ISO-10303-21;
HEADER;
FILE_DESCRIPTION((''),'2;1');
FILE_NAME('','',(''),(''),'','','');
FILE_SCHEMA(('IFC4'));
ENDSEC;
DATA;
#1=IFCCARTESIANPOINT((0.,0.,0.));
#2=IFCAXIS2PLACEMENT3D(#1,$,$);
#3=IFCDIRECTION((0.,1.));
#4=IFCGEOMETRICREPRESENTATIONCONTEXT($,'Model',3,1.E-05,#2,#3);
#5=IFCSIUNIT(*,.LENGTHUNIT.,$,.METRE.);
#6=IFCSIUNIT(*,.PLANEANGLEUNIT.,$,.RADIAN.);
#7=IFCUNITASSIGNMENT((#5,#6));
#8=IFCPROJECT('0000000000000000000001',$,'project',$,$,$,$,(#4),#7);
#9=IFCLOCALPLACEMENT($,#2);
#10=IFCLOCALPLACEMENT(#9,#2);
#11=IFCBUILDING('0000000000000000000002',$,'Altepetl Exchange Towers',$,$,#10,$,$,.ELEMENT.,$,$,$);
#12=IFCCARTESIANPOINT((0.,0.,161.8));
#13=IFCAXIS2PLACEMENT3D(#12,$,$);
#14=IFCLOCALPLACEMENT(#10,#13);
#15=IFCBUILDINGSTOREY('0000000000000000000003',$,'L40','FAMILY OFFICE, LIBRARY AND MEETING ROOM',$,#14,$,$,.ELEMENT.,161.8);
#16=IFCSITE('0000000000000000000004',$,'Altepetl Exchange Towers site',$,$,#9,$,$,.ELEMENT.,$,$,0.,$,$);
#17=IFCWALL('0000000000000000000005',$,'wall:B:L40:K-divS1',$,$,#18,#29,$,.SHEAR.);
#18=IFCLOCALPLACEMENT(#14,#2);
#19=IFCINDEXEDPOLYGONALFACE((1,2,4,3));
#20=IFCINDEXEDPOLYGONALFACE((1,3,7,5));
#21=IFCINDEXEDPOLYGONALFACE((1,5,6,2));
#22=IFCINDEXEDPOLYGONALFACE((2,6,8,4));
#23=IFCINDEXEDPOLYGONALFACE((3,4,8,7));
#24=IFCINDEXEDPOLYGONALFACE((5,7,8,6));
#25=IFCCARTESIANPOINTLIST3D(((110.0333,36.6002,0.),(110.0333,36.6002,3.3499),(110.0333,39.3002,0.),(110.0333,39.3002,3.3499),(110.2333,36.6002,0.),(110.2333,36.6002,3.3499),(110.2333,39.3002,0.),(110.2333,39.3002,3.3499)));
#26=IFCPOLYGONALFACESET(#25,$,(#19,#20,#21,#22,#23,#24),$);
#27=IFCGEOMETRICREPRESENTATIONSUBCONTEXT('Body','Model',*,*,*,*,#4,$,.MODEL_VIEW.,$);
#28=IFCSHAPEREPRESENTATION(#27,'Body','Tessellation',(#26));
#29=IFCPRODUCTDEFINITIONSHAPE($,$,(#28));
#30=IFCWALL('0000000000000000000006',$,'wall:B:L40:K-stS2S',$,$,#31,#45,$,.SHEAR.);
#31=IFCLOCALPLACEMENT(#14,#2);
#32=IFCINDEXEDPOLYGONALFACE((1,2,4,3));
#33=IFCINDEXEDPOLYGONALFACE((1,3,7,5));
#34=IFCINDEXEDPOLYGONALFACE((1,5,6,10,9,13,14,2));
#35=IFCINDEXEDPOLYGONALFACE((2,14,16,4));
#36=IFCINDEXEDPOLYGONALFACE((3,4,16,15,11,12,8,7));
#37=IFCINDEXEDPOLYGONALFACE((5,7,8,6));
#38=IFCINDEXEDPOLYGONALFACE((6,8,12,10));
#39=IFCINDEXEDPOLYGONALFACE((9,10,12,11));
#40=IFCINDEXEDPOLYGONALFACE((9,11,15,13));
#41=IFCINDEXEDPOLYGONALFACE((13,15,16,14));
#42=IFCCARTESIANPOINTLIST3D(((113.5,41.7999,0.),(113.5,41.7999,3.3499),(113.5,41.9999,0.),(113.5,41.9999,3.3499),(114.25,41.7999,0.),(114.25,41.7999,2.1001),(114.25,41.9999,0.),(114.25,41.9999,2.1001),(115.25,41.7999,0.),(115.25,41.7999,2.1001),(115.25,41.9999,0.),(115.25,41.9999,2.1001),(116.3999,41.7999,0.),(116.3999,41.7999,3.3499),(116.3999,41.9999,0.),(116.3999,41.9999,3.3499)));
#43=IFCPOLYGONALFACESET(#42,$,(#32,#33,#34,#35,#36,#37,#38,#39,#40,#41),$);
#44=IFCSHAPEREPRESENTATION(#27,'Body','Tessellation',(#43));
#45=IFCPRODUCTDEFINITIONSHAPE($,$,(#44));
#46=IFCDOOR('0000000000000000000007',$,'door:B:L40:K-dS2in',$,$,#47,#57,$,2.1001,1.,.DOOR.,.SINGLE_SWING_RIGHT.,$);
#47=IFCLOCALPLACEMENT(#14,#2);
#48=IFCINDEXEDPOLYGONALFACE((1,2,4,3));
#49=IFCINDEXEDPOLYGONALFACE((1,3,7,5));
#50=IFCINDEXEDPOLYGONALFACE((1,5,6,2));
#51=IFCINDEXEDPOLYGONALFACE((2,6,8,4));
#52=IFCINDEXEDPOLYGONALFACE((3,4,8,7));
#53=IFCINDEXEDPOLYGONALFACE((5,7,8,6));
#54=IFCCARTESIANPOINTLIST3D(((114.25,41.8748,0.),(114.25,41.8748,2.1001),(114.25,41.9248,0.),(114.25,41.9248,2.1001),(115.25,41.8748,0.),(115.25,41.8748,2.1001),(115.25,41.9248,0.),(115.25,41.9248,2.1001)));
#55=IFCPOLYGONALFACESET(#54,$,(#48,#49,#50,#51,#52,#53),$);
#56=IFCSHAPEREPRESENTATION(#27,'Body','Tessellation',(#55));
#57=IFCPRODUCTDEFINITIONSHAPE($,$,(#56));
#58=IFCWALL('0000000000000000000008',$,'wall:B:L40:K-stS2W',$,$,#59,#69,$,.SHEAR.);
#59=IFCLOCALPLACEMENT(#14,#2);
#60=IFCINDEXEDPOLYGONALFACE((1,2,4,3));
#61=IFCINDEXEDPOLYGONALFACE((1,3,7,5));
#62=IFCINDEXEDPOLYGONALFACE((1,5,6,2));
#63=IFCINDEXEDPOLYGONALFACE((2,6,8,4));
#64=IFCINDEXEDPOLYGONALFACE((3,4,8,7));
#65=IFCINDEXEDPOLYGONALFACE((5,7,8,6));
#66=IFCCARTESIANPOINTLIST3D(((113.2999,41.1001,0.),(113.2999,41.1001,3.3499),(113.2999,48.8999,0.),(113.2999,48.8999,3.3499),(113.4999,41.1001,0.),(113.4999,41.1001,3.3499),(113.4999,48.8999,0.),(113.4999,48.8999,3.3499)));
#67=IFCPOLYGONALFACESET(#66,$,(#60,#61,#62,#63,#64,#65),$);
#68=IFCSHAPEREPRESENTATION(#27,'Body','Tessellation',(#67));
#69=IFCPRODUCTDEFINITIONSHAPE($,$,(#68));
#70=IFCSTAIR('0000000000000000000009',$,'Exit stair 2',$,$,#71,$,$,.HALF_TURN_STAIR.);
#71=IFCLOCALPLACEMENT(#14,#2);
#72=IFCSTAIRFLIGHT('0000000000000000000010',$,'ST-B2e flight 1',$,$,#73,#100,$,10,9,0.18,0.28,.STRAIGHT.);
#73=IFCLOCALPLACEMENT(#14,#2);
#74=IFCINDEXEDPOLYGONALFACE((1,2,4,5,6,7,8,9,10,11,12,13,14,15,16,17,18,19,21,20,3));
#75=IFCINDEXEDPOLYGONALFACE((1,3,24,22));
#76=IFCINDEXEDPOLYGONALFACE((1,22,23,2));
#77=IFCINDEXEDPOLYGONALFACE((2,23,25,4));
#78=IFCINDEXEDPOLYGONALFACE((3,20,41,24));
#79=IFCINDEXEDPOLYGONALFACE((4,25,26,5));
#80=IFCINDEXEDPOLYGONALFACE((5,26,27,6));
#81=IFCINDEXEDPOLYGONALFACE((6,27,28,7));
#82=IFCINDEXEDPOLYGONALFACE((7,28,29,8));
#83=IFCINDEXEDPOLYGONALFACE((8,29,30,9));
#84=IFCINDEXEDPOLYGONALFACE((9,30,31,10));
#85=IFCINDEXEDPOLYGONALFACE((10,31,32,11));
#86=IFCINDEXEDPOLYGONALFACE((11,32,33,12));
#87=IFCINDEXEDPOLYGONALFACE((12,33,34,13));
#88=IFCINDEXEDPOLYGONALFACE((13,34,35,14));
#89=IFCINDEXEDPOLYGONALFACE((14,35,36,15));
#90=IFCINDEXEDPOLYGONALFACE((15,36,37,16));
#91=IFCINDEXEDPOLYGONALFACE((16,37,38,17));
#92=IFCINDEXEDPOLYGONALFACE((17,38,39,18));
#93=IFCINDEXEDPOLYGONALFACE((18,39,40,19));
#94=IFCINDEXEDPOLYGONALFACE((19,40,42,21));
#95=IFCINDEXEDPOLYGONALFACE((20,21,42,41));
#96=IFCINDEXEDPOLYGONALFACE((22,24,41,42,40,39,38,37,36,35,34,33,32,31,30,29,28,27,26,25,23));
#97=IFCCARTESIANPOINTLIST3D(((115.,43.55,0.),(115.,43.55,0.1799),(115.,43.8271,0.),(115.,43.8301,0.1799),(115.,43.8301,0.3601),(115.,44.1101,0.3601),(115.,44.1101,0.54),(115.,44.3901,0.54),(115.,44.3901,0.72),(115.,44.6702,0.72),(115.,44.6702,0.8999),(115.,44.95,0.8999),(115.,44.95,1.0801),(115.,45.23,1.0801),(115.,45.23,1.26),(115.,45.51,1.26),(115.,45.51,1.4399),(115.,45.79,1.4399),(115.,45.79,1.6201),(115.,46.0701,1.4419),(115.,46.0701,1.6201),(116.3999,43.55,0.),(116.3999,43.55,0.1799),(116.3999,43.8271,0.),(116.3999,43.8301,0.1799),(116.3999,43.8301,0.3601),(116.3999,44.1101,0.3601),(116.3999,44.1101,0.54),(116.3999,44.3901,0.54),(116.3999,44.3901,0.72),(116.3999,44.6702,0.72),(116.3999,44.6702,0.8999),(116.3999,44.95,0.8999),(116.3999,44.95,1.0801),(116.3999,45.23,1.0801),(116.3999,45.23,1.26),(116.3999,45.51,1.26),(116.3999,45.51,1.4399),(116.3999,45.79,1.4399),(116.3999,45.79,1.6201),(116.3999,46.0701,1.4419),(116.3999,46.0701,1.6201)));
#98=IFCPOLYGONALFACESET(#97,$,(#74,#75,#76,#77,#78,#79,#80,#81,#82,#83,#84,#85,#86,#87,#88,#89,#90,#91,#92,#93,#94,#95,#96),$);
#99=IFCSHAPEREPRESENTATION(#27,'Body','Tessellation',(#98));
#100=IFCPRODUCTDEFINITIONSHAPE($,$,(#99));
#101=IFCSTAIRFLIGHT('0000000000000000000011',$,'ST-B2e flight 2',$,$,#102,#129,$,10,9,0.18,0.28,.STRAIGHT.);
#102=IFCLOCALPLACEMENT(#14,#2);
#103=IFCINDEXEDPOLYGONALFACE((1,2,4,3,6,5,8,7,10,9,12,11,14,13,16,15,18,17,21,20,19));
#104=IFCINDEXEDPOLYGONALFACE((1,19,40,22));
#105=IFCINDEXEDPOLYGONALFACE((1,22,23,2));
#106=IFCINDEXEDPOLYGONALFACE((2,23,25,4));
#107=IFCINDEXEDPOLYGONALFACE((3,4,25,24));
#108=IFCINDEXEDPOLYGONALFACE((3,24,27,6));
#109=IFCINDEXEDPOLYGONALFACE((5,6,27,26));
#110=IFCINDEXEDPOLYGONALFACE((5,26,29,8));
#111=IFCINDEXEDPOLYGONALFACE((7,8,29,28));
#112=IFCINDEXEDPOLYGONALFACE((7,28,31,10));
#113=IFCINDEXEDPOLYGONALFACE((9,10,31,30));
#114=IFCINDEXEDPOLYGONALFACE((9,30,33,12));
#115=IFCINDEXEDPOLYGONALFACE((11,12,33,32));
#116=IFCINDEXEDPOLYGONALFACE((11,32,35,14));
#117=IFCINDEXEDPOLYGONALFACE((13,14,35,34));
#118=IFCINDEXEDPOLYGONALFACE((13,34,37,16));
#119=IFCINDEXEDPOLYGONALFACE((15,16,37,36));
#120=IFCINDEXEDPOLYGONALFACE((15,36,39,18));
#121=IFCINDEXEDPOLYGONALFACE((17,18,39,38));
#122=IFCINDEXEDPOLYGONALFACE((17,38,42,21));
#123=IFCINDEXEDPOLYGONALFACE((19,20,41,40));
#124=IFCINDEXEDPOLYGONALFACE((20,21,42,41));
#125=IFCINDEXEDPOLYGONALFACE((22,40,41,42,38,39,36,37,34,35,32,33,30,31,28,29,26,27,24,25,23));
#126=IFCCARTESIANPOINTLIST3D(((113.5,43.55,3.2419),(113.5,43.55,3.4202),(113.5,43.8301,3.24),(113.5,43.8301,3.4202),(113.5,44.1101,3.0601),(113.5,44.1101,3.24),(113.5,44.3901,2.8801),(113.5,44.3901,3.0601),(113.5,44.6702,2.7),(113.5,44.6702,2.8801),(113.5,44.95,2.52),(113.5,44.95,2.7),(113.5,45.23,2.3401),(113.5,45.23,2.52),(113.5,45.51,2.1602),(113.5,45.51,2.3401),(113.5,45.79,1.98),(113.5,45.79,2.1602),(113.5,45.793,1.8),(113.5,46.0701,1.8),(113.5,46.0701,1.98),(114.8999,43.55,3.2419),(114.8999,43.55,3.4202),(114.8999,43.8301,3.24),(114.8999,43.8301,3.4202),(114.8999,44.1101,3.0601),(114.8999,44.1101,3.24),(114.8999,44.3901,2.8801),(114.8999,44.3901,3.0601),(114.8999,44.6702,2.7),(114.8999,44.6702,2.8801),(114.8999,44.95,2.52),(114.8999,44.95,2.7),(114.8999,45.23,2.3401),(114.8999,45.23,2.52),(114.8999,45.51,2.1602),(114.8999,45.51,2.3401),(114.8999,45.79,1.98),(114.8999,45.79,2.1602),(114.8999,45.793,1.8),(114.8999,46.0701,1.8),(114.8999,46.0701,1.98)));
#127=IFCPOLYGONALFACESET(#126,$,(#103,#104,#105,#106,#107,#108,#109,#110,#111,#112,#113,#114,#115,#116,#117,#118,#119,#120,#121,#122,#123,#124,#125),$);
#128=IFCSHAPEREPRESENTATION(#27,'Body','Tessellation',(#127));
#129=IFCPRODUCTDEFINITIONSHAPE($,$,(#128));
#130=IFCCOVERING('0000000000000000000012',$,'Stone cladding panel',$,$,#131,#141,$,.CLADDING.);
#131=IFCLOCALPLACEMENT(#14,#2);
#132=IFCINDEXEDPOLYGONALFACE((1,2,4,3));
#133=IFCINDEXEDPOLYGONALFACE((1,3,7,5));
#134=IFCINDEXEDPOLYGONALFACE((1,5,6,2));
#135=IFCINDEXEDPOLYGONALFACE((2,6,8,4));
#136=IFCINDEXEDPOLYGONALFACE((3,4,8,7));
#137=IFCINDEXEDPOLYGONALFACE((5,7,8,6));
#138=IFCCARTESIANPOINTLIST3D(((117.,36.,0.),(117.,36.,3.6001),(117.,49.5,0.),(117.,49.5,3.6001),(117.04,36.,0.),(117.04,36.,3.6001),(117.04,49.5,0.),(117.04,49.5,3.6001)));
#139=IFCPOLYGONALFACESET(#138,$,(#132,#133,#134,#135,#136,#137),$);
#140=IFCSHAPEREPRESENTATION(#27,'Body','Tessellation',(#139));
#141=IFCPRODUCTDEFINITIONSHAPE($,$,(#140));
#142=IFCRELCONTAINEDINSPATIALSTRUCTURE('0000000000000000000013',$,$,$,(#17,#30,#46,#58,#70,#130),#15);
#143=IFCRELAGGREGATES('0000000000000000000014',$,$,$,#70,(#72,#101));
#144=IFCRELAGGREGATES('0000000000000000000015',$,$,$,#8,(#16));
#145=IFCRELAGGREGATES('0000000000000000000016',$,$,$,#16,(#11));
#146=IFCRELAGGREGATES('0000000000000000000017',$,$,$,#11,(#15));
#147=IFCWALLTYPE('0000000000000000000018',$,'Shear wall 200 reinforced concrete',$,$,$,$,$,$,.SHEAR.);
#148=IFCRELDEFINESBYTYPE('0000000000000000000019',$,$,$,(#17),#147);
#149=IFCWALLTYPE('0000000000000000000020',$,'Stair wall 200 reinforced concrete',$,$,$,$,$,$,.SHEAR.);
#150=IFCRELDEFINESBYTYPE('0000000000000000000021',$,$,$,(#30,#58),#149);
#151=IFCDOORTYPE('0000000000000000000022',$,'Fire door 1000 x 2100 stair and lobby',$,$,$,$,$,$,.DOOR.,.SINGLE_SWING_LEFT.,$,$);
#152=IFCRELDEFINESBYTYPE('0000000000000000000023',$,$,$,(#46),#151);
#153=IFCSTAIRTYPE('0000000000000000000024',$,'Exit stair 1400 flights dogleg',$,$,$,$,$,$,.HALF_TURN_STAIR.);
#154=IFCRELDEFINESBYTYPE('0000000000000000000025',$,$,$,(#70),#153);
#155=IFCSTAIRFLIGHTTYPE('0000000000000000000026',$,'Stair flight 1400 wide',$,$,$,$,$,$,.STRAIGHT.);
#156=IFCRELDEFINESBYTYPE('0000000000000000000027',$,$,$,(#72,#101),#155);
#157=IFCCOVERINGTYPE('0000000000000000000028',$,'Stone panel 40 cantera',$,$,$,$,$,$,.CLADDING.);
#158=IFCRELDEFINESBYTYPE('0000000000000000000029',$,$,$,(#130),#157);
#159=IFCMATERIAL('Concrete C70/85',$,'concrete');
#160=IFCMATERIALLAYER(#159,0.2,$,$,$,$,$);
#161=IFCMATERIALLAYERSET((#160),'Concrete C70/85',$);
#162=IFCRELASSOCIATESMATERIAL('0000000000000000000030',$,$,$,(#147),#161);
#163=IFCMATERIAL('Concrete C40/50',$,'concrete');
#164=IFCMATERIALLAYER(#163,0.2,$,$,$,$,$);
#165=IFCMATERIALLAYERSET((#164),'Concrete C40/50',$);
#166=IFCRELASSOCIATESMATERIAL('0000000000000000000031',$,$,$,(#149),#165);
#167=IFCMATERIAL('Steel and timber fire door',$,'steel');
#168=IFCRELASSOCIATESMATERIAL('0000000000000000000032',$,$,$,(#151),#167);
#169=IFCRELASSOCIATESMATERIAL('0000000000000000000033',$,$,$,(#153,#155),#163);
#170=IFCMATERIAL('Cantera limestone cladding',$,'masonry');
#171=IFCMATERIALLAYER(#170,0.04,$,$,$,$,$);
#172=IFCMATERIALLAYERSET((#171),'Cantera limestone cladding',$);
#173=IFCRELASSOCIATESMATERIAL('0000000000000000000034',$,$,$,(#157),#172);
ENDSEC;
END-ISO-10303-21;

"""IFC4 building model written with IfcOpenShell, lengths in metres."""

from ifc_helpers import new_model, si_unit, direction, frame, frame_2d, origin, origin_2d, place, context, subcontext, project, spatial, polyline, rectangle, outline, extrude, material, layer, layer_set, type_object, element, fill, aggregate, save


model = new_model("IFC4")

# Units and contexts
model_context = context("Model", 3, precision=1e-05, world=origin(), true_north=direction((0.0, 1.0)))
body_context = subcontext(model_context, "Body", "Model", "MODEL_VIEW")
ifc_project = project(units=[si_unit("LENGTHUNIT", "METRE"), si_unit("PLANEANGLEUNIT", "RADIAN")], contexts=[model_context])

# Site, building, storey
site_placement = place(None, origin())
site = spatial("IfcSite", under=ifc_project, at=site_placement, Name="Altepetl Exchange Towers site", CompositionType="ELEMENT", RefElevation=0.0)
building_placement = place(site_placement, origin())
building = spatial("IfcBuilding", under=site, at=building_placement, Name="Altepetl Exchange Towers", CompositionType="ELEMENT")
storey_placement = place(building_placement, frame((0.0, 0.0, 161.8)))
storey = spatial("IfcBuildingStorey", under=building, at=storey_placement, Name="L40", Description="FAMILY OFFICE, LIBRARY AND MEETING ROOM", CompositionType="ELEMENT", Elevation=161.8)

# Shared definitions
ifc_material_1 = material(Name="Steel and timber fire door", Category="steel")

# Shared definitions
ifc_material_2 = material(Name="Concrete C40/50", Category="concrete")

# Wall
ifc_material_3 = material(Name="Concrete C70/85", Category="concrete")
ifc_layer_1 = layer(ifc_material_3, 0.2)
ifc_layer_set_1 = layer_set([ifc_layer_1], Name="Concrete C70/85")
wall_type_1 = type_object("IfcWallType", Name="Shear wall 200 reinforced concrete", PredefinedType="SHEAR", material=ifc_layer_set_1)
wall_1_placement = place(storey_placement, frame((110.1333, 36.6001, 0.0), z_axis=(0.0, 0.0, 1.0), x_axis=(0.0, 1.0, 0.0)))
element("IfcWall", 1, at=wall_1_placement, inside=storey, type_object=wall_type_1, Name="wall:B:L40:K-divS1", PredefinedType="SHEAR", context=body_context, shape_type="SweptSolid", body=[
    extrude(rectangle(XDim=2.7, YDim=0.2, at=frame_2d((1.3501, 0.0))), origin(), (0.0, 0.0, 1.0), 3.3499),
])

# Wall, opening, door
ifc_layer_2 = layer(ifc_material_2, 0.2)
ifc_layer_set_2 = layer_set([ifc_layer_2], Name="Concrete C40/50")
wall_type_2 = type_object("IfcWallType", Name="Stair wall 200 reinforced concrete", PredefinedType="SHEAR", material=ifc_layer_set_2)
wall_2_placement = place(storey_placement, frame((113.5, 41.8999, 0.0)))
wall_2 = element("IfcWall", 2, at=wall_2_placement, inside=storey, type_object=wall_type_2, Name="wall:B:L40:K-stS2S", PredefinedType="SHEAR", context=body_context, shape_type="SweptSolid", body=[
    extrude(rectangle(XDim=2.8999, YDim=0.2, at=frame_2d((1.45, 0.0))), origin(), (0.0, 0.0, 1.0), 3.3499),
])
opening_1_placement = place(wall_2_placement, frame((0.75, 0.0, 0.0)))
opening_1 = element("IfcOpeningElement", 3, at=opening_1_placement, cuts=wall_2, PredefinedType="OPENING", context=body_context, shape_type="SweptSolid", body=[
    extrude(rectangle(XDim=1.0, YDim=2.1001, at=frame_2d((0.5, 1.05))), frame((0.0, 0.1099, 0.0), z_axis=(0.0, -1.0, 0.0), x_axis=(1.0, 0.0, 0.0)), (0.0, 0.0, 1.0), 0.22),
])
door_type_1 = type_object("IfcDoorType", Name="Fire door 1000 x 2100 stair and lobby", OperationType="SINGLE_SWING_LEFT", PredefinedType="DOOR", material=ifc_material_1)
door_1_placement = place(opening_1_placement, origin())
door_1 = element("IfcDoor", 4, at=door_1_placement, inside=storey, type_object=door_type_1, Name="door:B:L40:K-dS2in", OperationType="SINGLE_SWING_RIGHT", OverallHeight=2.1001, OverallWidth=1.0, PredefinedType="DOOR", context=body_context, shape_type="SweptSolid", body=[
    extrude(rectangle(XDim=1.0, YDim=2.1001, at=frame_2d((0.5, 1.05))), frame((0.0, 0.0249, 0.0), z_axis=(0.0, -1.0, 0.0), x_axis=(1.0, 0.0, 0.0)), (0.0, 0.0, 1.0), 0.05),
])
fill(opening_1, door_1)

# Wall
wall_3_placement = place(storey_placement, frame((113.3999, 41.1001, 0.0), z_axis=(0.0, 0.0, 1.0), x_axis=(0.0, 1.0, 0.0)))
element("IfcWall", 5, at=wall_3_placement, inside=storey, type_object=wall_type_2, Name="wall:B:L40:K-stS2W", PredefinedType="SHEAR", context=body_context, shape_type="SweptSolid", body=[
    extrude(rectangle(XDim=7.7998, YDim=0.2, at=frame_2d((3.8999, 0.0))), origin(), (0.0, 0.0, 1.0), 3.3499),
])

# Stair, stair flights
stair_type = type_object("IfcStairType", Name="Exit stair 1400 flights dogleg", PredefinedType="HALF_TURN_STAIR", material=ifc_material_2)
stair_placement = place(storey_placement, origin())
stair = element("IfcStair", 6, at=stair_placement, inside=storey, type_object=stair_type, Name="Exit stair 2", PredefinedType="HALF_TURN_STAIR")
stair_flight_type = type_object("IfcStairFlightType", Name="Stair flight 1400 wide", PredefinedType="STRAIGHT", material=ifc_material_2)
stair_flight_1_placement = place(storey_placement, frame((115.7, 43.55, 0.0), z_axis=(0.0, 0.0, 1.0), x_axis=(0.0, 1.0, 0.0)))
stair_flight_1 = element("IfcStairFlight", 7, at=stair_flight_1_placement, type_object=stair_flight_type, Name="ST-B2e flight 1", NumberOfRisers=10, NumberOfTreads=9, PredefinedType="STRAIGHT", RiserHeight=0.18, TreadLength=0.28, context=body_context, shape_type="SweptSolid", body=[
    extrude(outline(polyline([(0.0, 0.0), (0.0, 0.1799), (0.28, 0.1799), (0.28, 0.3601), (0.5601, 0.3601), (0.5601, 0.54), (0.8401, 0.54), (0.8401, 0.72), (1.1201, 0.72), (1.1201, 0.8999), (1.3999, 0.8999), (1.3999, 1.0801), (1.6799, 1.0801), (1.6799, 1.26), (1.96, 1.26), (1.96, 1.4399), (2.24, 1.4399), (2.24, 1.6201), (2.52, 1.6201), (2.52, 1.8), (2.52, 1.4419), (0.2771, 0.0), (0.0, 0.0)])), frame((0.0, 0.7, 0.0), z_axis=(0.0, -1.0, 0.0), x_axis=(1.0, 0.0, 0.0)), (0.0, 0.0, 1.0), 1.3999),
])
stair_flight_2_placement = place(storey_placement, frame((114.2, 46.0701, 1.8), z_axis=(0.0, 0.0, 1.0), x_axis=(0.0, -1.0, 0.0)))
stair_flight_2 = element("IfcStairFlight", 8, at=stair_flight_2_placement, type_object=stair_flight_type, Name="ST-B2e flight 2", NumberOfRisers=10, NumberOfTreads=9, PredefinedType="STRAIGHT", RiserHeight=0.18, TreadLength=0.28, context=body_context, shape_type="SweptSolid", body=[
    extrude(outline(polyline([(0.0, 0.0), (0.0, 0.1799), (0.28, 0.1799), (0.28, 0.3601), (0.5601, 0.3601), (0.5601, 0.54), (0.8401, 0.54), (0.8401, 0.72), (1.1201, 0.72), (1.1201, 0.8999), (1.3999, 0.8999), (1.3999, 1.0801), (1.6799, 1.0801), (1.6799, 1.26), (1.96, 1.26), (1.96, 1.4399), (2.24, 1.4399), (2.24, 1.6201), (2.52, 1.6201), (2.52, 1.8), (2.52, 1.4419), (0.2771, 0.0), (0.0, 0.0)])), frame((0.0, 0.7, 0.0), z_axis=(0.0, -1.0, 0.0), x_axis=(1.0, 0.0, 0.0)), (0.0, 0.0, 1.0), 1.3999),
])
aggregate(stair, [stair_flight_1, stair_flight_2])

# Covering
ifc_material_4 = material(Name="Cantera limestone cladding", Category="masonry")
ifc_layer_3 = layer(ifc_material_4, 0.04)
ifc_layer_set_3 = layer_set([ifc_layer_3], Name="Cantera limestone cladding")
covering_type = type_object("IfcCoveringType", Name="Stone panel 40 cantera", PredefinedType="CLADDING", material=ifc_layer_set_3)
covering_placement = place(storey_placement, frame((117.02, 42.75, 0.0), z_axis=(0.0, 0.0, 1.0), x_axis=(0.0, 1.0, 0.0)))
element("IfcCovering", 9, at=covering_placement, inside=storey, type_object=covering_type, Name="Stone cladding panel", PredefinedType="CLADDING", context=body_context, shape_type="SweptSolid", body=[
    extrude(rectangle(XDim=13.5, YDim=0.04, at=origin_2d()), origin(), (0.0, 0.0, 1.0), 3.6001),
])

save(model, "model.ifc")
